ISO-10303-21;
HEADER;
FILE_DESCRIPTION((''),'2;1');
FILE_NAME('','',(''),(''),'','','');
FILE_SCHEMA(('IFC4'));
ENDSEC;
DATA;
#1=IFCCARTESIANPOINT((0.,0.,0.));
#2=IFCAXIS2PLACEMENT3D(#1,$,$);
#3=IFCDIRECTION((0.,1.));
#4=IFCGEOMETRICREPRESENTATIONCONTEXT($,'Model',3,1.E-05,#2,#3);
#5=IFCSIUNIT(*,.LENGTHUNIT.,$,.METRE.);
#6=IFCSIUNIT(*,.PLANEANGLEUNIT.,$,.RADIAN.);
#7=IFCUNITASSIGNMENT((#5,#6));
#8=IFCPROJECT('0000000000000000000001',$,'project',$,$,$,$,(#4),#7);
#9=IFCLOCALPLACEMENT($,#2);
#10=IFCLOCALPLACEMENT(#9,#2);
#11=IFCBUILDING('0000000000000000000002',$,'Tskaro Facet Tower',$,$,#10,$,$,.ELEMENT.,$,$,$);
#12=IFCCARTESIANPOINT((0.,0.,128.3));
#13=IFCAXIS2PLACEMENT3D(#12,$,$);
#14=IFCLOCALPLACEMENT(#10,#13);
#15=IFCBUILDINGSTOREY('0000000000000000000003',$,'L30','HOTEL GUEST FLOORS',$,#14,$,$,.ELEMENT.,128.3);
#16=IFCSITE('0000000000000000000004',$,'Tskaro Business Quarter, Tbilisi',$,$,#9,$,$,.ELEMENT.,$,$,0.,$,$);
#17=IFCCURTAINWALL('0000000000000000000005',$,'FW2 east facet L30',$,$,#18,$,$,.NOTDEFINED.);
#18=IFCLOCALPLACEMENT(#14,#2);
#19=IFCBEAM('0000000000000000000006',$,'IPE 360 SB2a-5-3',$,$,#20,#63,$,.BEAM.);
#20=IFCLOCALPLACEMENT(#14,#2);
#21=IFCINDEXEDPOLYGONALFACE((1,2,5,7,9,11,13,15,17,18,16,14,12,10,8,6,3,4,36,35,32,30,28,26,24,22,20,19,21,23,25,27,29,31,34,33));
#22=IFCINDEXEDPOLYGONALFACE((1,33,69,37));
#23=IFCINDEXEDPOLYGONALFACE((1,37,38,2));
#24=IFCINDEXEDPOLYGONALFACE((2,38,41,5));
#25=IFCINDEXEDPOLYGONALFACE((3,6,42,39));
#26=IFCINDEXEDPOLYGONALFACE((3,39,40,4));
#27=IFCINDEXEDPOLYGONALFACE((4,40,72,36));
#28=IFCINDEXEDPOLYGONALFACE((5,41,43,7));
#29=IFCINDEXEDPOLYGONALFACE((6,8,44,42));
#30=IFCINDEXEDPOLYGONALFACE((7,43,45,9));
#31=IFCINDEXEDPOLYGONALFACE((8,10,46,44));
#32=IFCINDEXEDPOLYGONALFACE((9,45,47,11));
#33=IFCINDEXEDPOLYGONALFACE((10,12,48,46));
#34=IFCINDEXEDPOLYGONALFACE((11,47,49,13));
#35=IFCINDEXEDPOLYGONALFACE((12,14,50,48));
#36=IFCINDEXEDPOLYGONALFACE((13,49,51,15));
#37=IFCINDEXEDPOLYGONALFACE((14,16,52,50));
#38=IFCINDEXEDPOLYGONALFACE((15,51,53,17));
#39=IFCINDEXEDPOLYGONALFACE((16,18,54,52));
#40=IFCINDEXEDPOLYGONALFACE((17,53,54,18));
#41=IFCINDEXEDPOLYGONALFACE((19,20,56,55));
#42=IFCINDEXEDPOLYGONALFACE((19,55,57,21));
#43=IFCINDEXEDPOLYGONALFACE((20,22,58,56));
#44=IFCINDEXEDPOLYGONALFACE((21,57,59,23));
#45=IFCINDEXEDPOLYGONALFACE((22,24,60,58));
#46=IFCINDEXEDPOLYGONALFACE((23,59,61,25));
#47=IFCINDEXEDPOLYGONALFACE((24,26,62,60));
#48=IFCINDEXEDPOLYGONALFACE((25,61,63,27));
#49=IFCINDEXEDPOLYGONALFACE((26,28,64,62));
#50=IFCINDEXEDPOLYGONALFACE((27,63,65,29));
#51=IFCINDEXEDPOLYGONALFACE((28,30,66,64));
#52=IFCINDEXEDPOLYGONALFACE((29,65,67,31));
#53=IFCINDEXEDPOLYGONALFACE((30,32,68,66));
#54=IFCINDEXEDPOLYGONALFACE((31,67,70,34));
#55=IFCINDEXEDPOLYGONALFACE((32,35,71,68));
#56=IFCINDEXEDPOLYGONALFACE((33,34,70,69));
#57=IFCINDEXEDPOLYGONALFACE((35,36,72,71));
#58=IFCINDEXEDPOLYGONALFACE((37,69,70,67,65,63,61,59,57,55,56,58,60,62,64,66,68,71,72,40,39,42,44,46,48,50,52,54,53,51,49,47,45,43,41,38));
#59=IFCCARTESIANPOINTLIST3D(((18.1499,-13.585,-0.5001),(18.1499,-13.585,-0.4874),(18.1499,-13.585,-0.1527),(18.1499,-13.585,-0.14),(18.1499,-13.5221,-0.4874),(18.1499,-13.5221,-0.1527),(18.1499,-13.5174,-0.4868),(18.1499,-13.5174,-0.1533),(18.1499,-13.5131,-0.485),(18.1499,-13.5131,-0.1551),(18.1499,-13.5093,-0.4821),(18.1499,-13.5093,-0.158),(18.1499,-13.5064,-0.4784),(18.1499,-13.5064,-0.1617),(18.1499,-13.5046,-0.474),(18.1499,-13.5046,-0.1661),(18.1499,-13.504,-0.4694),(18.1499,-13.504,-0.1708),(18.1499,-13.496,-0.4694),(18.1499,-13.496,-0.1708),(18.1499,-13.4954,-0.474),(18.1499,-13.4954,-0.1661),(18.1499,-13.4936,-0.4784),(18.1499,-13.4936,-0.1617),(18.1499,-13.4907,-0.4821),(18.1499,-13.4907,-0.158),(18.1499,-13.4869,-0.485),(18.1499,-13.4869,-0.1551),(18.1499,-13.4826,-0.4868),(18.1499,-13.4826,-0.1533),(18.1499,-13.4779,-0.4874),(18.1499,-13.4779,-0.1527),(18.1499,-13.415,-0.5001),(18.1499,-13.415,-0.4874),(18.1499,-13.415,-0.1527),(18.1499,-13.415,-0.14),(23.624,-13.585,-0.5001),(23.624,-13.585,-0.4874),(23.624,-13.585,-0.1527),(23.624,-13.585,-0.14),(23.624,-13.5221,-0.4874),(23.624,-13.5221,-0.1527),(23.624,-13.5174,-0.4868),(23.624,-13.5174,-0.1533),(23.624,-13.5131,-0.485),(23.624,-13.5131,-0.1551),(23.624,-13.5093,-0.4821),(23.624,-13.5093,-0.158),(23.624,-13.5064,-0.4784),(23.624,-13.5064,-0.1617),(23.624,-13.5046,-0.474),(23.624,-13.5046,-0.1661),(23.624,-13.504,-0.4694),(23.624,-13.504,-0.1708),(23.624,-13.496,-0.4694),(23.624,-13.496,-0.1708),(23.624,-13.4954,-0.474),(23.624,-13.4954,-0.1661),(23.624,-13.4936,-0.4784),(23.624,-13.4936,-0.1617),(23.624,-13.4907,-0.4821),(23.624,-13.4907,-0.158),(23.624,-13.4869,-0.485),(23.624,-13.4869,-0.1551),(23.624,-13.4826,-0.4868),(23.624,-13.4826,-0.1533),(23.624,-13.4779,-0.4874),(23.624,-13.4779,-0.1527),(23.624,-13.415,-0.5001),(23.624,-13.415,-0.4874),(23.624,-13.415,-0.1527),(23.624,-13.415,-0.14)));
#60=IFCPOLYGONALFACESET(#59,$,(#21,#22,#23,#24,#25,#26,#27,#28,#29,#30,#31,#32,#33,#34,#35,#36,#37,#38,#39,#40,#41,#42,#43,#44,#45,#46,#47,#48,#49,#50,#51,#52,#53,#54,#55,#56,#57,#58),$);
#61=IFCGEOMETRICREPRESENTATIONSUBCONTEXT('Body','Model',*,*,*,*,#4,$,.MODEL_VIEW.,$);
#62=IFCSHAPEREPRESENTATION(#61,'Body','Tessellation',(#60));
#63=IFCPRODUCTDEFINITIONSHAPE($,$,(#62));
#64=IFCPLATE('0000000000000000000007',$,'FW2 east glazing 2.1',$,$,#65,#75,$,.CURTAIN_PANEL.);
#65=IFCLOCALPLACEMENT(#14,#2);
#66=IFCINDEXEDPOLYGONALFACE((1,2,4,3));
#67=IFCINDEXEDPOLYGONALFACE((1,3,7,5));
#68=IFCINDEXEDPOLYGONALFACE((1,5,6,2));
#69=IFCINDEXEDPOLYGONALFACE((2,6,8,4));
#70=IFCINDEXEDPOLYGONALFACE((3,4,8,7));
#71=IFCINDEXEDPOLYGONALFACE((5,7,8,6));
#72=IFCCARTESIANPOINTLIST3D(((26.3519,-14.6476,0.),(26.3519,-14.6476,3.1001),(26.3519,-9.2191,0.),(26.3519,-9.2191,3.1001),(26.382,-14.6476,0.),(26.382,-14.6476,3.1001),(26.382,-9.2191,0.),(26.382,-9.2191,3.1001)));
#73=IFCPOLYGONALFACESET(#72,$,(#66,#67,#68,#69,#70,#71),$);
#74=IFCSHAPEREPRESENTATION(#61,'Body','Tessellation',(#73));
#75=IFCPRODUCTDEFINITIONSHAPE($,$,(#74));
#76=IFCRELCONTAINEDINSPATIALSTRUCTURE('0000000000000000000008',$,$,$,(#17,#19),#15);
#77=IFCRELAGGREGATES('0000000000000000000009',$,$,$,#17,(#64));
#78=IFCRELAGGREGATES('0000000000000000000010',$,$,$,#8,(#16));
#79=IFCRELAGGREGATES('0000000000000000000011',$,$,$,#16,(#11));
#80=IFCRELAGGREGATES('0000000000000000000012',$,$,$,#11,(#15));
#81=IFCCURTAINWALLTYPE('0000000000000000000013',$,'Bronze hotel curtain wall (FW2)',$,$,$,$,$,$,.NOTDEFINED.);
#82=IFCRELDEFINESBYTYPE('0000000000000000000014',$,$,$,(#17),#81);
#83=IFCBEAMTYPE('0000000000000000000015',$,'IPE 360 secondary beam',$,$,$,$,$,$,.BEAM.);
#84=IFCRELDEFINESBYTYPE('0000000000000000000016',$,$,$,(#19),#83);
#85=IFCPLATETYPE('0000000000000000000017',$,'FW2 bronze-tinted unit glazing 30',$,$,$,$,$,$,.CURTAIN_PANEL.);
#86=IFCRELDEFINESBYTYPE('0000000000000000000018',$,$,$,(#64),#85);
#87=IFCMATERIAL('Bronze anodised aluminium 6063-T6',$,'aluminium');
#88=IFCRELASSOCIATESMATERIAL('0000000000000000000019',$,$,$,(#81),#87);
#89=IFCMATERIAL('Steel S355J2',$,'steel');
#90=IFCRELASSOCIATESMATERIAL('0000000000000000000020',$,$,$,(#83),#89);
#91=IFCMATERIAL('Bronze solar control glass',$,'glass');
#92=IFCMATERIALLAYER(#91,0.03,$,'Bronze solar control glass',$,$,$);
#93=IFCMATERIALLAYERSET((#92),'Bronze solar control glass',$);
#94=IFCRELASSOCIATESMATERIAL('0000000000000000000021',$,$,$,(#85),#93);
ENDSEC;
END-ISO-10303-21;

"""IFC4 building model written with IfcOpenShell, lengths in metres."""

from ifc_helpers import new_model, si_unit, direction, frame, origin, origin_2d, place, context, subcontext, project, spatial, rectangle, i_section, extrude, material, layer, layer_set, material_profile, profile_set, type_object, element, aggregate, save


model = new_model("IFC4")

# Units and contexts
model_context = context("Model", 3, precision=1e-05, world=origin(), true_north=direction((0.0, 1.0)))
body_context = subcontext(model_context, "Body", "Model", "MODEL_VIEW")
ifc_project = project(units=[si_unit("LENGTHUNIT", "METRE"), si_unit("PLANEANGLEUNIT", "RADIAN")], contexts=[model_context])

# Site, building, storey
site_placement = place(None, origin())
site = spatial("IfcSite", under=ifc_project, at=site_placement, Name="Tskaro Business Quarter, Tbilisi", CompositionType="ELEMENT", RefElevation=0.0)
building_placement = place(site_placement, origin())
building = spatial("IfcBuilding", under=site, at=building_placement, Name="Tskaro Facet Tower", CompositionType="ELEMENT")
storey_placement = place(building_placement, frame((0.0, 0.0, 128.3)))
storey = spatial("IfcBuildingStorey", under=building, at=storey_placement, Name="L30", Description="HOTEL GUEST FLOORS", CompositionType="ELEMENT", Elevation=128.3)

# Curtain wall
ifc_material_1 = material(Name="Bronze anodised aluminium 6063-T6", Category="aluminium")
curtain_wall_type = type_object("IfcCurtainWallType", Name="Bronze hotel curtain wall (FW2)", PredefinedType="NOTDEFINED", material=ifc_material_1)
curtain_wall_placement = place(storey_placement, origin())
curtain_wall = element("IfcCurtainWall", 1, at=curtain_wall_placement, inside=storey, type_object=curtain_wall_type, Name="FW2 east facet L30", PredefinedType="NOTDEFINED")

# Beam
ifc_material_2 = material(Name="Steel S355J2", Category="steel")
ifc_material_profile_1 = material_profile(ifc_material_2, i_section(OverallWidth=0.1699, OverallDepth=0.3601, WebThickness=0.0081, FlangeThickness=0.0127, FilletRadius=0.0181, at=origin_2d()), Name="IPE 360")
ifc_profile_set_1 = profile_set([ifc_material_profile_1], Name="Steel S355J2")
beam_type_1 = type_object("IfcBeamType", Name="IPE 360 secondary beam", PredefinedType="BEAM", material=ifc_profile_set_1)
beam_1_placement = place(storey_placement, frame((18.1499, -13.5, -0.3201), z_axis=(1.0, 0.0, 0.0), x_axis=(0.0, 1.0, 0.0)))
element("IfcBeam", 2, at=beam_1_placement, inside=storey, type_object=beam_type_1, Name="IPE 360 SB2a-5-3", PredefinedType="BEAM", context=body_context, shape_type="SweptSolid", body=[
    extrude(i_section(OverallWidth=0.1699, OverallDepth=0.3601, WebThickness=0.0081, FlangeThickness=0.0127, FilletRadius=0.0181, at=origin_2d()), origin(), (0.0, 0.0, 1.0), 5.4741),
])

# Plate
ifc_material_3 = material(Name="Bronze solar control glass", Category="glass")
ifc_layer_1 = layer(ifc_material_3, 0.03, Name="Bronze solar control glass")
ifc_layer_set_1 = layer_set([ifc_layer_1], Name="Bronze solar control glass")
plate_type = type_object("IfcPlateType", Name="FW2 bronze-tinted unit glazing 30", PredefinedType="CURTAIN_PANEL", material=ifc_layer_set_1)
plate_placement = place(storey_placement, frame((26.3669, -11.9333, 0.0), z_axis=(0.0, 0.0, 1.0), x_axis=(0.0, 1.0, 0.0)))
plate = element("IfcPlate", 3, at=plate_placement, type_object=plate_type, Name="FW2 east glazing 2.1", PredefinedType="CURTAIN_PANEL", context=body_context, shape_type="SweptSolid", body=[
    extrude(rectangle(XDim=5.4285, YDim=0.03, at=origin_2d()), origin(), (0.0, 0.0, 1.0), 3.1001),
])
aggregate(curtain_wall, [plate])

save(model, "model.ifc")
